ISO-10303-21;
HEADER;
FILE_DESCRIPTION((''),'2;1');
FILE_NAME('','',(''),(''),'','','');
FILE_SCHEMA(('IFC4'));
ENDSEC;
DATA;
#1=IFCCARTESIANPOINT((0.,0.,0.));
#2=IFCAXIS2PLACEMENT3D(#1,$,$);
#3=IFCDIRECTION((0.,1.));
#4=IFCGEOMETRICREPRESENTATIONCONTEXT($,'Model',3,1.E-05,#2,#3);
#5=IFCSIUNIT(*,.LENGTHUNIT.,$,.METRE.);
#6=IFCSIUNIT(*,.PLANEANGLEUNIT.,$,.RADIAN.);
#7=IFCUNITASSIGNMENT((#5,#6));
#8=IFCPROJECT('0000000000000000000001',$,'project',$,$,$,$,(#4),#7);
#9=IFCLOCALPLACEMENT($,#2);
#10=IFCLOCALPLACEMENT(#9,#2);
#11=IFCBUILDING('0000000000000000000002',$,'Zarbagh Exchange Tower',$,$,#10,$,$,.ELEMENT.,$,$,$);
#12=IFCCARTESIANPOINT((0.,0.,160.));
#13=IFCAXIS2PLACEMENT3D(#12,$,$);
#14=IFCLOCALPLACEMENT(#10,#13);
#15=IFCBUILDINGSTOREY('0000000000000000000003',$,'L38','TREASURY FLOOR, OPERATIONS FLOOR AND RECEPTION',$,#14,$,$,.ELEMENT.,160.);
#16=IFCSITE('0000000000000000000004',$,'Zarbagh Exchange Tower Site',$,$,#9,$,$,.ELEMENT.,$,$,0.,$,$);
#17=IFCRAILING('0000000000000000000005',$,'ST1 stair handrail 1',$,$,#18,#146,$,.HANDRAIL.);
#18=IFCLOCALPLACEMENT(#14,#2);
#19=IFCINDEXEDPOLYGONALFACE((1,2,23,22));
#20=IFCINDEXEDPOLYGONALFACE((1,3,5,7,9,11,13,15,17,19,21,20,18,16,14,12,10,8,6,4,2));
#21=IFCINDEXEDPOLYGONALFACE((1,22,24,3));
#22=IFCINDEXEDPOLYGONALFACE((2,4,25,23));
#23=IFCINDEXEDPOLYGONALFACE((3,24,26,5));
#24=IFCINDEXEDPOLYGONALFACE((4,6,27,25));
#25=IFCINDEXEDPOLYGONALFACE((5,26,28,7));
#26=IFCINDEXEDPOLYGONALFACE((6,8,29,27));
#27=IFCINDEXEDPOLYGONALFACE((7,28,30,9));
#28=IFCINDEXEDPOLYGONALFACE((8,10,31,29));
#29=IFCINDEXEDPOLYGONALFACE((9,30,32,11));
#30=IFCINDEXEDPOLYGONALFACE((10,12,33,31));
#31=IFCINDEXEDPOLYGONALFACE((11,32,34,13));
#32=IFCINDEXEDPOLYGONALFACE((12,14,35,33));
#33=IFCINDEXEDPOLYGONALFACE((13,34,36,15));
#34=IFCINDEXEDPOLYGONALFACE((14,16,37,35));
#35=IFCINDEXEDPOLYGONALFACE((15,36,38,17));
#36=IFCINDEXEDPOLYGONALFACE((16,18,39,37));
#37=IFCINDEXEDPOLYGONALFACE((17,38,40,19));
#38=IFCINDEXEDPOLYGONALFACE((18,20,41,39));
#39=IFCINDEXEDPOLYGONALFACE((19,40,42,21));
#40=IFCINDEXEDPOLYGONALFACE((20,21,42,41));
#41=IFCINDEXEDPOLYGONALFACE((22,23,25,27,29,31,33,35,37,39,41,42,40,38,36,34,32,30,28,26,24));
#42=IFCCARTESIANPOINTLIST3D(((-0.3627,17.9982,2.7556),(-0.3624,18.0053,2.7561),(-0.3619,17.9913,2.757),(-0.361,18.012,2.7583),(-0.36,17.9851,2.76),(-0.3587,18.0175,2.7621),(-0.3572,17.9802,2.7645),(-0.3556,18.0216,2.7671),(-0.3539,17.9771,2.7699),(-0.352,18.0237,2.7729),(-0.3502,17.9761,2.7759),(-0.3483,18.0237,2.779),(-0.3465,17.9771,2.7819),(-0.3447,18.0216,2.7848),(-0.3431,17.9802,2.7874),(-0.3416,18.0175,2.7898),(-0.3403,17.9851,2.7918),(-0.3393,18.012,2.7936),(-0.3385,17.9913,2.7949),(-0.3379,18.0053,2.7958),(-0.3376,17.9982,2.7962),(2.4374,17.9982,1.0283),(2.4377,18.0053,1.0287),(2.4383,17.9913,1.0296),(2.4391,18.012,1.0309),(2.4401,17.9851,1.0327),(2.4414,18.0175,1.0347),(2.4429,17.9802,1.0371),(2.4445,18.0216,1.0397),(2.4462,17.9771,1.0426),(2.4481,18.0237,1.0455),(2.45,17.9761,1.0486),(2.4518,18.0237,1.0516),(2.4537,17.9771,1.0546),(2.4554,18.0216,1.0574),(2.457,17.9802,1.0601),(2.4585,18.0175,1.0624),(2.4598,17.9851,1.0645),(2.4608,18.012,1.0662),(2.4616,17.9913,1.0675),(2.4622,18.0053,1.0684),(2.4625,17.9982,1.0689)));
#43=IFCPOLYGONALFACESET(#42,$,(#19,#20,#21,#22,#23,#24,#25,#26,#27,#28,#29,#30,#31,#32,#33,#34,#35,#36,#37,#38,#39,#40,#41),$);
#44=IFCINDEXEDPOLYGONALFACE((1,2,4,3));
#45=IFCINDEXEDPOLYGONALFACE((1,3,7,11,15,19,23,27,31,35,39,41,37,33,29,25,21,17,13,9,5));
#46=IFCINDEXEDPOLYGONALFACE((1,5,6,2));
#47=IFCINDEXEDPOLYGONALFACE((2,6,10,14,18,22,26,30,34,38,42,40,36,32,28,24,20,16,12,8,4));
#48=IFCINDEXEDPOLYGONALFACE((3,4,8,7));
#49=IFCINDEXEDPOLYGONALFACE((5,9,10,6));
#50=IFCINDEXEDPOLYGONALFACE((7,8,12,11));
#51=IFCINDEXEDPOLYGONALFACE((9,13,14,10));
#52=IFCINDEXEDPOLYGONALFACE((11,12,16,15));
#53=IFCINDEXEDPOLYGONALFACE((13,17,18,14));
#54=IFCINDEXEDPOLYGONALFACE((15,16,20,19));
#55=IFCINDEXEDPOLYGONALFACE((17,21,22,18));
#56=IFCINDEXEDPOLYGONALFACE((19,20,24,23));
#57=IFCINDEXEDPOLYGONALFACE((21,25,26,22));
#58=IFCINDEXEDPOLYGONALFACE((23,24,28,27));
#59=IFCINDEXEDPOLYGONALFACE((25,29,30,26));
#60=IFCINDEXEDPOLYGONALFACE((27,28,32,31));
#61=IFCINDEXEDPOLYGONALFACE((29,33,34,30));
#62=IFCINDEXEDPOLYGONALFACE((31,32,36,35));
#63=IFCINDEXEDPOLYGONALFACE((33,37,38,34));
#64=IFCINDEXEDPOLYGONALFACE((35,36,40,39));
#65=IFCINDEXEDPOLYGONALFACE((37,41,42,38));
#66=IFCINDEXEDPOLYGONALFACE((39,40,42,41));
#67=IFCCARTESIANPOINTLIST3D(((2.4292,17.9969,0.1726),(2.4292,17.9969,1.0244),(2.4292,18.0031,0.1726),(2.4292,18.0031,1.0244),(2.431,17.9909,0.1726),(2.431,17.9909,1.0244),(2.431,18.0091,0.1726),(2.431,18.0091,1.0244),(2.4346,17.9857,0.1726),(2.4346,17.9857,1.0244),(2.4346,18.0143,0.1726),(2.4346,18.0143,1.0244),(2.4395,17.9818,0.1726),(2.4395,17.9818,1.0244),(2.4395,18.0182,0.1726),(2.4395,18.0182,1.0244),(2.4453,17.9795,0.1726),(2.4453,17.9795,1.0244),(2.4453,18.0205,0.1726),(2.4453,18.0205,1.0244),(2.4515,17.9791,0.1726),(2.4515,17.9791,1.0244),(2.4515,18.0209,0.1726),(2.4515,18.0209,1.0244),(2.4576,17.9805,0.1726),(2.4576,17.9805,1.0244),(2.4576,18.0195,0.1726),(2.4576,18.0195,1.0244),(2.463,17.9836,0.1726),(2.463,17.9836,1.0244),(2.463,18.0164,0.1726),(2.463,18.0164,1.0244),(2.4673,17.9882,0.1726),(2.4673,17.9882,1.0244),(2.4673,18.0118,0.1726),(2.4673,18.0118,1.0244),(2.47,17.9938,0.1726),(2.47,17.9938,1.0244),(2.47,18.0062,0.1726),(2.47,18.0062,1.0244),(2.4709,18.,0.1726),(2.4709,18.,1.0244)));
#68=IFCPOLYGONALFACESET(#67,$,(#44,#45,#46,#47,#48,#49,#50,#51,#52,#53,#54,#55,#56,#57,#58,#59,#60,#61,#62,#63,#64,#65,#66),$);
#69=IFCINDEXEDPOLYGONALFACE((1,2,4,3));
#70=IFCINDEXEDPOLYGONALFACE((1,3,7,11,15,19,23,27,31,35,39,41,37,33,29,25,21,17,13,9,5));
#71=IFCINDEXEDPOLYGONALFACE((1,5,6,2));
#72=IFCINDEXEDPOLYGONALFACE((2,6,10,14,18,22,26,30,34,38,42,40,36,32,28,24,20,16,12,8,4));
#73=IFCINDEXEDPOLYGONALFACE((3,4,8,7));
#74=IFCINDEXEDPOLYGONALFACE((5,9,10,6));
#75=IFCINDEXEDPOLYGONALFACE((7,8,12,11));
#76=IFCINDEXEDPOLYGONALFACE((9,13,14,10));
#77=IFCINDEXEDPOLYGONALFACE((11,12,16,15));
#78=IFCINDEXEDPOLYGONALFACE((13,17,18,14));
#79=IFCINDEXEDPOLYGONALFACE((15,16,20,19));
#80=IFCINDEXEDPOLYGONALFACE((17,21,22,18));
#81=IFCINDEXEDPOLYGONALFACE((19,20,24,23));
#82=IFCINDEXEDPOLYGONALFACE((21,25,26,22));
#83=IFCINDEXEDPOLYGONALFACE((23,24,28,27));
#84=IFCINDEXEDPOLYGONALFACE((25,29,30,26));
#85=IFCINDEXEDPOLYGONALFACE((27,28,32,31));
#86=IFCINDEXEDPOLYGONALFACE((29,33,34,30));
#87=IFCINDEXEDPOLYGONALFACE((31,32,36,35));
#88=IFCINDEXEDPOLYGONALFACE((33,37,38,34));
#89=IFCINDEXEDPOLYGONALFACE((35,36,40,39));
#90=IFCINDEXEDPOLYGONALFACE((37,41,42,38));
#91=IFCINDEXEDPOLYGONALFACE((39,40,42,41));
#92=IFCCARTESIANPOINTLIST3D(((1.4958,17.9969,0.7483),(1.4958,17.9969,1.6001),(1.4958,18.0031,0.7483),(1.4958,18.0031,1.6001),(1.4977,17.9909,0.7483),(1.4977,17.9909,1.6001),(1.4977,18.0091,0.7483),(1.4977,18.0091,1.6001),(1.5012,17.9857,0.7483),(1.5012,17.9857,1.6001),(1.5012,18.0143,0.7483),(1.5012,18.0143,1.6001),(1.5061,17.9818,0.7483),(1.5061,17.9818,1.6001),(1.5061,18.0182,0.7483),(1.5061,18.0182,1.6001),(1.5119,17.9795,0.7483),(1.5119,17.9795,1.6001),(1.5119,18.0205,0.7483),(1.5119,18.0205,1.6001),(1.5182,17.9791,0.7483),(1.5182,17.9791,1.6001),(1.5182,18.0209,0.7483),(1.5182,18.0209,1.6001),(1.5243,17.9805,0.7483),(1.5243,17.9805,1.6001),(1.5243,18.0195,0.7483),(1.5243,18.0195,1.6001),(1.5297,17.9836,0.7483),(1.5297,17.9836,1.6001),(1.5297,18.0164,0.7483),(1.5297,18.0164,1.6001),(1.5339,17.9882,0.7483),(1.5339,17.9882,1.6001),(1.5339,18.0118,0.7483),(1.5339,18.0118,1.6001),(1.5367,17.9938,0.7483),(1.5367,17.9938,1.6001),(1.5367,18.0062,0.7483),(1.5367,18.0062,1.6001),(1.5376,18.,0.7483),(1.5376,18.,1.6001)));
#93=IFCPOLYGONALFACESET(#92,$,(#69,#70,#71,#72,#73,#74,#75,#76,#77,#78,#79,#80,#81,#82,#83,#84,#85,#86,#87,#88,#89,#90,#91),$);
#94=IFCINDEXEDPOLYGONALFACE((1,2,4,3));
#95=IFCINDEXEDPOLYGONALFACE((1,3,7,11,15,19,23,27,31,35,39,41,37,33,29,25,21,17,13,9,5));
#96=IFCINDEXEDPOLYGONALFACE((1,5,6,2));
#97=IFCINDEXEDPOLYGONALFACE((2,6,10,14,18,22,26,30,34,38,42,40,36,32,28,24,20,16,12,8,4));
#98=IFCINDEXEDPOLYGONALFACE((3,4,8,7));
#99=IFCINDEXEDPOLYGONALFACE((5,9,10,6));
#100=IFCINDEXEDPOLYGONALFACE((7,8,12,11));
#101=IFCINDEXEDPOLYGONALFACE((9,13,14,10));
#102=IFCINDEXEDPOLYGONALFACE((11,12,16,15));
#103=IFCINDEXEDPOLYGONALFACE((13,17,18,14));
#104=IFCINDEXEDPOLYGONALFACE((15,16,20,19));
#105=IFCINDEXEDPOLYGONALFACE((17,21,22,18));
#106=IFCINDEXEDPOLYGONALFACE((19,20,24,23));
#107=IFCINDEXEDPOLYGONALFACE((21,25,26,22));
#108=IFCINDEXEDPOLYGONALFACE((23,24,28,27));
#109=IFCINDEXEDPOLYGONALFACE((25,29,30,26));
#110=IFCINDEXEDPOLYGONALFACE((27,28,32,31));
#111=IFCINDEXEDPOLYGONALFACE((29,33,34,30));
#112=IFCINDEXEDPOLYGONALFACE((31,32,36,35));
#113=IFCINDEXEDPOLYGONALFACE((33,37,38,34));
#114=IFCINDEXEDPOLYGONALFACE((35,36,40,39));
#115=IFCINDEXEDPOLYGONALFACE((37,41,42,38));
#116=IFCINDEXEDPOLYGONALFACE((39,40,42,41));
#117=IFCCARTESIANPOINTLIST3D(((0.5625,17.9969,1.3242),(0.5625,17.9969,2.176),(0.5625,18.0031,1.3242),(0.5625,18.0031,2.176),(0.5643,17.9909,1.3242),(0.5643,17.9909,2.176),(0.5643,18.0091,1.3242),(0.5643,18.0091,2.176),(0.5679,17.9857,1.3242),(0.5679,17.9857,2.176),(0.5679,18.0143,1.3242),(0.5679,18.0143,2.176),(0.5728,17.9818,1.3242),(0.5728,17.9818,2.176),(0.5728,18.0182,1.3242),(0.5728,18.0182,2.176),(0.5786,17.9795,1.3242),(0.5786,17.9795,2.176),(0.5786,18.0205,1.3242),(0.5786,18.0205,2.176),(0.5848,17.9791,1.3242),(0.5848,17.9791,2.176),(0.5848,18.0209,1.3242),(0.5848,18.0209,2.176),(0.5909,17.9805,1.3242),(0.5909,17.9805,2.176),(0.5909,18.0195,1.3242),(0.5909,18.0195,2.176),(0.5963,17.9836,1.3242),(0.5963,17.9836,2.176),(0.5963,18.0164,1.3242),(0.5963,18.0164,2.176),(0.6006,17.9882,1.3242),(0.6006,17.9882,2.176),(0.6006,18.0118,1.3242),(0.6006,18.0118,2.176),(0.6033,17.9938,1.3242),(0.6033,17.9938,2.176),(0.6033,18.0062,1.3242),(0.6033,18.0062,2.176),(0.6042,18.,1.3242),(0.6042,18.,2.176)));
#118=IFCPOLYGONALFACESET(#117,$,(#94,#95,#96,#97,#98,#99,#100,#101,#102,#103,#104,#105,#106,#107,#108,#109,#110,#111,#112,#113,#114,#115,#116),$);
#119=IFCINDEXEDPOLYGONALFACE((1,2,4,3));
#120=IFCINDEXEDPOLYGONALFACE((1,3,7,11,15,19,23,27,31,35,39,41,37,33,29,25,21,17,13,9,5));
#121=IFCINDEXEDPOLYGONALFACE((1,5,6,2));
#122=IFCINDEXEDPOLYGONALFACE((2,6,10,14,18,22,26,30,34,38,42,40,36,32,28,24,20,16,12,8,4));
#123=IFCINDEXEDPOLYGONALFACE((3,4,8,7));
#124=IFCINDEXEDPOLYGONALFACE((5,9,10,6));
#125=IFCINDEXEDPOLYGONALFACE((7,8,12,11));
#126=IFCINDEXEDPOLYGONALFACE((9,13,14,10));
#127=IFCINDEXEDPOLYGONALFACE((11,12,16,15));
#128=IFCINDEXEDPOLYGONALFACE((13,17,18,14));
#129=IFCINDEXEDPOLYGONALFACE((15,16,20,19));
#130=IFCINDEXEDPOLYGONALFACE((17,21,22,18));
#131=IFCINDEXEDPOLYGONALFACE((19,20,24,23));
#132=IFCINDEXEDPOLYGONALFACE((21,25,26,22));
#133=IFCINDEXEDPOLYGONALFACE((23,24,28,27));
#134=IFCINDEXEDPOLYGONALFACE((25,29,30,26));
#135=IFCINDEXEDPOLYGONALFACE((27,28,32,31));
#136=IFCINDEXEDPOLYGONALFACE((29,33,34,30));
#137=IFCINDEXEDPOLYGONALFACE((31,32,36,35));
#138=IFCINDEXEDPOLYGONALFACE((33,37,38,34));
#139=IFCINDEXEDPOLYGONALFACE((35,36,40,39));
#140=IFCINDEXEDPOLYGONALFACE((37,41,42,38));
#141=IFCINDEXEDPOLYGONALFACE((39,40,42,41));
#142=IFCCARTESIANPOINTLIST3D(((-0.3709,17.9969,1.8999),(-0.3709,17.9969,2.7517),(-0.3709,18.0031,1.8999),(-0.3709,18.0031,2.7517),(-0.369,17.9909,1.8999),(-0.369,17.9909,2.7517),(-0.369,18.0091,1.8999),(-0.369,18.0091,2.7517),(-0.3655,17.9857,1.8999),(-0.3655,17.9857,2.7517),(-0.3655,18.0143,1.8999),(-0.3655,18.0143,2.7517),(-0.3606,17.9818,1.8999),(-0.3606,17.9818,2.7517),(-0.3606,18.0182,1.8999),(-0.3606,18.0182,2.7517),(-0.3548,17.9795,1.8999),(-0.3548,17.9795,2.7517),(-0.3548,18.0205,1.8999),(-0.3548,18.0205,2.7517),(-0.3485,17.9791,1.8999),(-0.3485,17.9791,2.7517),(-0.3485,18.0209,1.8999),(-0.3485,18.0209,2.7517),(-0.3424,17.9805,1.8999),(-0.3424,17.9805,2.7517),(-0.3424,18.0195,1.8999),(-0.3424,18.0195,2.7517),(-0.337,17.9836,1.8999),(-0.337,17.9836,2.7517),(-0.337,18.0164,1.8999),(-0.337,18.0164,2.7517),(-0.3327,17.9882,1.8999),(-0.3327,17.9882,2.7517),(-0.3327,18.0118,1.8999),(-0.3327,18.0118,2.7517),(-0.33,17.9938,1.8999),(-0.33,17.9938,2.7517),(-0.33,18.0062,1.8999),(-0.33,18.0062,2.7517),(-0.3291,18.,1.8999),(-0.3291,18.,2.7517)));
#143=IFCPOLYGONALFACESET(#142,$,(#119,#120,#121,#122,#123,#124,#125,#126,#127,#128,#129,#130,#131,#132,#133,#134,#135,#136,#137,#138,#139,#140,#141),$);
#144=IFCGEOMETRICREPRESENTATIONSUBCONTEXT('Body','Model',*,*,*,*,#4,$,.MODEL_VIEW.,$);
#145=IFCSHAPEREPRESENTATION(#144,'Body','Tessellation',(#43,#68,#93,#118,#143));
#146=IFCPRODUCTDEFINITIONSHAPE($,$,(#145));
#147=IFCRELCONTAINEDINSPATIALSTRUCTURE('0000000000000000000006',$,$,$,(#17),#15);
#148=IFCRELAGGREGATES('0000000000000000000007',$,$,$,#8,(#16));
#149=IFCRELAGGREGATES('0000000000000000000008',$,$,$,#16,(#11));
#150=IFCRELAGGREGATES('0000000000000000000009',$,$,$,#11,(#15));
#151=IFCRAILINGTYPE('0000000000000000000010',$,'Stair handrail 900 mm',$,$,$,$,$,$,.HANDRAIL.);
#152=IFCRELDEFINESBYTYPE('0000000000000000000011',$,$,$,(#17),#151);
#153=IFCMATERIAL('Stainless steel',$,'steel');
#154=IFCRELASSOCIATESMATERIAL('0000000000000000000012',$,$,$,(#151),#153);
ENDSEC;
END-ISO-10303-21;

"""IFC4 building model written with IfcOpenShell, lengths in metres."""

from ifc_helpers import new_model, si_unit, direction, frame, origin, origin_2d, place, context, subcontext, project, spatial, circle, extrude, material, type_object, element, save


model = new_model("IFC4")

# Units and contexts
model_context = context("Model", 3, precision=1e-05, world=origin(), true_north=direction((0.0, 1.0)))
body_context = subcontext(model_context, "Body", "Model", "MODEL_VIEW")
ifc_project = project(units=[si_unit("LENGTHUNIT", "METRE"), si_unit("PLANEANGLEUNIT", "RADIAN")], contexts=[model_context])

# Site, building, storey
site_placement = place(None, origin())
site = spatial("IfcSite", under=ifc_project, at=site_placement, Name="Zarbagh Exchange Tower Site", CompositionType="ELEMENT", RefElevation=0.0)
building_placement = place(site_placement, origin())
building = spatial("IfcBuilding", under=site, at=building_placement, Name="Zarbagh Exchange Tower", CompositionType="ELEMENT")
storey_placement = place(building_placement, frame((0.0, 0.0, 160.0)))
storey = spatial("IfcBuildingStorey", under=building, at=storey_placement, Name="L38", Description="TREASURY FLOOR, OPERATIONS FLOOR AND RECEPTION", CompositionType="ELEMENT", Elevation=160.0)

# Shared definitions
ifc_material_1 = material(Name="Stainless steel", Category="steel")

# Railing
railing_type = type_object("IfcRailingType", Name="Stair handrail 900 mm", PredefinedType="HANDRAIL", material=ifc_material_1)
railing_placement = place(storey_placement, frame((2.45, 18.0, 0.1726)))
element("IfcRailing", 1, at=railing_placement, inside=storey, type_object=railing_type, Name="ST1 stair handrail 1", PredefinedType="HANDRAIL", context=body_context, shape_type="SweptSolid", body=[
    extrude(circle(Radius=0.0239, at=origin_2d()), frame((0.0, 0.0, 0.876), z_axis=(-0.85109, 0.0, 0.52502), x_axis=(0.0, -1.0, 0.0)), (0.0, 0.0, 1.0), 3.29),
    extrude(circle(Radius=0.021, at=origin_2d()), origin(), (0.0, 0.0, 1.0), 0.8518),
    extrude(circle(Radius=0.021, at=origin_2d()), frame((-0.9333, 0.0, 0.5757)), (0.0, 0.0, 1.0), 0.8518),
    extrude(circle(Radius=0.021, at=origin_2d()), frame((-1.8667, 0.0, 1.1516)), (0.0, 0.0, 1.0), 0.8518),
    extrude(circle(Radius=0.021, at=origin_2d()), frame((-2.8, 0.0, 1.7273)), (0.0, 0.0, 1.0), 0.8518),
])

save(model, "model.ifc")
